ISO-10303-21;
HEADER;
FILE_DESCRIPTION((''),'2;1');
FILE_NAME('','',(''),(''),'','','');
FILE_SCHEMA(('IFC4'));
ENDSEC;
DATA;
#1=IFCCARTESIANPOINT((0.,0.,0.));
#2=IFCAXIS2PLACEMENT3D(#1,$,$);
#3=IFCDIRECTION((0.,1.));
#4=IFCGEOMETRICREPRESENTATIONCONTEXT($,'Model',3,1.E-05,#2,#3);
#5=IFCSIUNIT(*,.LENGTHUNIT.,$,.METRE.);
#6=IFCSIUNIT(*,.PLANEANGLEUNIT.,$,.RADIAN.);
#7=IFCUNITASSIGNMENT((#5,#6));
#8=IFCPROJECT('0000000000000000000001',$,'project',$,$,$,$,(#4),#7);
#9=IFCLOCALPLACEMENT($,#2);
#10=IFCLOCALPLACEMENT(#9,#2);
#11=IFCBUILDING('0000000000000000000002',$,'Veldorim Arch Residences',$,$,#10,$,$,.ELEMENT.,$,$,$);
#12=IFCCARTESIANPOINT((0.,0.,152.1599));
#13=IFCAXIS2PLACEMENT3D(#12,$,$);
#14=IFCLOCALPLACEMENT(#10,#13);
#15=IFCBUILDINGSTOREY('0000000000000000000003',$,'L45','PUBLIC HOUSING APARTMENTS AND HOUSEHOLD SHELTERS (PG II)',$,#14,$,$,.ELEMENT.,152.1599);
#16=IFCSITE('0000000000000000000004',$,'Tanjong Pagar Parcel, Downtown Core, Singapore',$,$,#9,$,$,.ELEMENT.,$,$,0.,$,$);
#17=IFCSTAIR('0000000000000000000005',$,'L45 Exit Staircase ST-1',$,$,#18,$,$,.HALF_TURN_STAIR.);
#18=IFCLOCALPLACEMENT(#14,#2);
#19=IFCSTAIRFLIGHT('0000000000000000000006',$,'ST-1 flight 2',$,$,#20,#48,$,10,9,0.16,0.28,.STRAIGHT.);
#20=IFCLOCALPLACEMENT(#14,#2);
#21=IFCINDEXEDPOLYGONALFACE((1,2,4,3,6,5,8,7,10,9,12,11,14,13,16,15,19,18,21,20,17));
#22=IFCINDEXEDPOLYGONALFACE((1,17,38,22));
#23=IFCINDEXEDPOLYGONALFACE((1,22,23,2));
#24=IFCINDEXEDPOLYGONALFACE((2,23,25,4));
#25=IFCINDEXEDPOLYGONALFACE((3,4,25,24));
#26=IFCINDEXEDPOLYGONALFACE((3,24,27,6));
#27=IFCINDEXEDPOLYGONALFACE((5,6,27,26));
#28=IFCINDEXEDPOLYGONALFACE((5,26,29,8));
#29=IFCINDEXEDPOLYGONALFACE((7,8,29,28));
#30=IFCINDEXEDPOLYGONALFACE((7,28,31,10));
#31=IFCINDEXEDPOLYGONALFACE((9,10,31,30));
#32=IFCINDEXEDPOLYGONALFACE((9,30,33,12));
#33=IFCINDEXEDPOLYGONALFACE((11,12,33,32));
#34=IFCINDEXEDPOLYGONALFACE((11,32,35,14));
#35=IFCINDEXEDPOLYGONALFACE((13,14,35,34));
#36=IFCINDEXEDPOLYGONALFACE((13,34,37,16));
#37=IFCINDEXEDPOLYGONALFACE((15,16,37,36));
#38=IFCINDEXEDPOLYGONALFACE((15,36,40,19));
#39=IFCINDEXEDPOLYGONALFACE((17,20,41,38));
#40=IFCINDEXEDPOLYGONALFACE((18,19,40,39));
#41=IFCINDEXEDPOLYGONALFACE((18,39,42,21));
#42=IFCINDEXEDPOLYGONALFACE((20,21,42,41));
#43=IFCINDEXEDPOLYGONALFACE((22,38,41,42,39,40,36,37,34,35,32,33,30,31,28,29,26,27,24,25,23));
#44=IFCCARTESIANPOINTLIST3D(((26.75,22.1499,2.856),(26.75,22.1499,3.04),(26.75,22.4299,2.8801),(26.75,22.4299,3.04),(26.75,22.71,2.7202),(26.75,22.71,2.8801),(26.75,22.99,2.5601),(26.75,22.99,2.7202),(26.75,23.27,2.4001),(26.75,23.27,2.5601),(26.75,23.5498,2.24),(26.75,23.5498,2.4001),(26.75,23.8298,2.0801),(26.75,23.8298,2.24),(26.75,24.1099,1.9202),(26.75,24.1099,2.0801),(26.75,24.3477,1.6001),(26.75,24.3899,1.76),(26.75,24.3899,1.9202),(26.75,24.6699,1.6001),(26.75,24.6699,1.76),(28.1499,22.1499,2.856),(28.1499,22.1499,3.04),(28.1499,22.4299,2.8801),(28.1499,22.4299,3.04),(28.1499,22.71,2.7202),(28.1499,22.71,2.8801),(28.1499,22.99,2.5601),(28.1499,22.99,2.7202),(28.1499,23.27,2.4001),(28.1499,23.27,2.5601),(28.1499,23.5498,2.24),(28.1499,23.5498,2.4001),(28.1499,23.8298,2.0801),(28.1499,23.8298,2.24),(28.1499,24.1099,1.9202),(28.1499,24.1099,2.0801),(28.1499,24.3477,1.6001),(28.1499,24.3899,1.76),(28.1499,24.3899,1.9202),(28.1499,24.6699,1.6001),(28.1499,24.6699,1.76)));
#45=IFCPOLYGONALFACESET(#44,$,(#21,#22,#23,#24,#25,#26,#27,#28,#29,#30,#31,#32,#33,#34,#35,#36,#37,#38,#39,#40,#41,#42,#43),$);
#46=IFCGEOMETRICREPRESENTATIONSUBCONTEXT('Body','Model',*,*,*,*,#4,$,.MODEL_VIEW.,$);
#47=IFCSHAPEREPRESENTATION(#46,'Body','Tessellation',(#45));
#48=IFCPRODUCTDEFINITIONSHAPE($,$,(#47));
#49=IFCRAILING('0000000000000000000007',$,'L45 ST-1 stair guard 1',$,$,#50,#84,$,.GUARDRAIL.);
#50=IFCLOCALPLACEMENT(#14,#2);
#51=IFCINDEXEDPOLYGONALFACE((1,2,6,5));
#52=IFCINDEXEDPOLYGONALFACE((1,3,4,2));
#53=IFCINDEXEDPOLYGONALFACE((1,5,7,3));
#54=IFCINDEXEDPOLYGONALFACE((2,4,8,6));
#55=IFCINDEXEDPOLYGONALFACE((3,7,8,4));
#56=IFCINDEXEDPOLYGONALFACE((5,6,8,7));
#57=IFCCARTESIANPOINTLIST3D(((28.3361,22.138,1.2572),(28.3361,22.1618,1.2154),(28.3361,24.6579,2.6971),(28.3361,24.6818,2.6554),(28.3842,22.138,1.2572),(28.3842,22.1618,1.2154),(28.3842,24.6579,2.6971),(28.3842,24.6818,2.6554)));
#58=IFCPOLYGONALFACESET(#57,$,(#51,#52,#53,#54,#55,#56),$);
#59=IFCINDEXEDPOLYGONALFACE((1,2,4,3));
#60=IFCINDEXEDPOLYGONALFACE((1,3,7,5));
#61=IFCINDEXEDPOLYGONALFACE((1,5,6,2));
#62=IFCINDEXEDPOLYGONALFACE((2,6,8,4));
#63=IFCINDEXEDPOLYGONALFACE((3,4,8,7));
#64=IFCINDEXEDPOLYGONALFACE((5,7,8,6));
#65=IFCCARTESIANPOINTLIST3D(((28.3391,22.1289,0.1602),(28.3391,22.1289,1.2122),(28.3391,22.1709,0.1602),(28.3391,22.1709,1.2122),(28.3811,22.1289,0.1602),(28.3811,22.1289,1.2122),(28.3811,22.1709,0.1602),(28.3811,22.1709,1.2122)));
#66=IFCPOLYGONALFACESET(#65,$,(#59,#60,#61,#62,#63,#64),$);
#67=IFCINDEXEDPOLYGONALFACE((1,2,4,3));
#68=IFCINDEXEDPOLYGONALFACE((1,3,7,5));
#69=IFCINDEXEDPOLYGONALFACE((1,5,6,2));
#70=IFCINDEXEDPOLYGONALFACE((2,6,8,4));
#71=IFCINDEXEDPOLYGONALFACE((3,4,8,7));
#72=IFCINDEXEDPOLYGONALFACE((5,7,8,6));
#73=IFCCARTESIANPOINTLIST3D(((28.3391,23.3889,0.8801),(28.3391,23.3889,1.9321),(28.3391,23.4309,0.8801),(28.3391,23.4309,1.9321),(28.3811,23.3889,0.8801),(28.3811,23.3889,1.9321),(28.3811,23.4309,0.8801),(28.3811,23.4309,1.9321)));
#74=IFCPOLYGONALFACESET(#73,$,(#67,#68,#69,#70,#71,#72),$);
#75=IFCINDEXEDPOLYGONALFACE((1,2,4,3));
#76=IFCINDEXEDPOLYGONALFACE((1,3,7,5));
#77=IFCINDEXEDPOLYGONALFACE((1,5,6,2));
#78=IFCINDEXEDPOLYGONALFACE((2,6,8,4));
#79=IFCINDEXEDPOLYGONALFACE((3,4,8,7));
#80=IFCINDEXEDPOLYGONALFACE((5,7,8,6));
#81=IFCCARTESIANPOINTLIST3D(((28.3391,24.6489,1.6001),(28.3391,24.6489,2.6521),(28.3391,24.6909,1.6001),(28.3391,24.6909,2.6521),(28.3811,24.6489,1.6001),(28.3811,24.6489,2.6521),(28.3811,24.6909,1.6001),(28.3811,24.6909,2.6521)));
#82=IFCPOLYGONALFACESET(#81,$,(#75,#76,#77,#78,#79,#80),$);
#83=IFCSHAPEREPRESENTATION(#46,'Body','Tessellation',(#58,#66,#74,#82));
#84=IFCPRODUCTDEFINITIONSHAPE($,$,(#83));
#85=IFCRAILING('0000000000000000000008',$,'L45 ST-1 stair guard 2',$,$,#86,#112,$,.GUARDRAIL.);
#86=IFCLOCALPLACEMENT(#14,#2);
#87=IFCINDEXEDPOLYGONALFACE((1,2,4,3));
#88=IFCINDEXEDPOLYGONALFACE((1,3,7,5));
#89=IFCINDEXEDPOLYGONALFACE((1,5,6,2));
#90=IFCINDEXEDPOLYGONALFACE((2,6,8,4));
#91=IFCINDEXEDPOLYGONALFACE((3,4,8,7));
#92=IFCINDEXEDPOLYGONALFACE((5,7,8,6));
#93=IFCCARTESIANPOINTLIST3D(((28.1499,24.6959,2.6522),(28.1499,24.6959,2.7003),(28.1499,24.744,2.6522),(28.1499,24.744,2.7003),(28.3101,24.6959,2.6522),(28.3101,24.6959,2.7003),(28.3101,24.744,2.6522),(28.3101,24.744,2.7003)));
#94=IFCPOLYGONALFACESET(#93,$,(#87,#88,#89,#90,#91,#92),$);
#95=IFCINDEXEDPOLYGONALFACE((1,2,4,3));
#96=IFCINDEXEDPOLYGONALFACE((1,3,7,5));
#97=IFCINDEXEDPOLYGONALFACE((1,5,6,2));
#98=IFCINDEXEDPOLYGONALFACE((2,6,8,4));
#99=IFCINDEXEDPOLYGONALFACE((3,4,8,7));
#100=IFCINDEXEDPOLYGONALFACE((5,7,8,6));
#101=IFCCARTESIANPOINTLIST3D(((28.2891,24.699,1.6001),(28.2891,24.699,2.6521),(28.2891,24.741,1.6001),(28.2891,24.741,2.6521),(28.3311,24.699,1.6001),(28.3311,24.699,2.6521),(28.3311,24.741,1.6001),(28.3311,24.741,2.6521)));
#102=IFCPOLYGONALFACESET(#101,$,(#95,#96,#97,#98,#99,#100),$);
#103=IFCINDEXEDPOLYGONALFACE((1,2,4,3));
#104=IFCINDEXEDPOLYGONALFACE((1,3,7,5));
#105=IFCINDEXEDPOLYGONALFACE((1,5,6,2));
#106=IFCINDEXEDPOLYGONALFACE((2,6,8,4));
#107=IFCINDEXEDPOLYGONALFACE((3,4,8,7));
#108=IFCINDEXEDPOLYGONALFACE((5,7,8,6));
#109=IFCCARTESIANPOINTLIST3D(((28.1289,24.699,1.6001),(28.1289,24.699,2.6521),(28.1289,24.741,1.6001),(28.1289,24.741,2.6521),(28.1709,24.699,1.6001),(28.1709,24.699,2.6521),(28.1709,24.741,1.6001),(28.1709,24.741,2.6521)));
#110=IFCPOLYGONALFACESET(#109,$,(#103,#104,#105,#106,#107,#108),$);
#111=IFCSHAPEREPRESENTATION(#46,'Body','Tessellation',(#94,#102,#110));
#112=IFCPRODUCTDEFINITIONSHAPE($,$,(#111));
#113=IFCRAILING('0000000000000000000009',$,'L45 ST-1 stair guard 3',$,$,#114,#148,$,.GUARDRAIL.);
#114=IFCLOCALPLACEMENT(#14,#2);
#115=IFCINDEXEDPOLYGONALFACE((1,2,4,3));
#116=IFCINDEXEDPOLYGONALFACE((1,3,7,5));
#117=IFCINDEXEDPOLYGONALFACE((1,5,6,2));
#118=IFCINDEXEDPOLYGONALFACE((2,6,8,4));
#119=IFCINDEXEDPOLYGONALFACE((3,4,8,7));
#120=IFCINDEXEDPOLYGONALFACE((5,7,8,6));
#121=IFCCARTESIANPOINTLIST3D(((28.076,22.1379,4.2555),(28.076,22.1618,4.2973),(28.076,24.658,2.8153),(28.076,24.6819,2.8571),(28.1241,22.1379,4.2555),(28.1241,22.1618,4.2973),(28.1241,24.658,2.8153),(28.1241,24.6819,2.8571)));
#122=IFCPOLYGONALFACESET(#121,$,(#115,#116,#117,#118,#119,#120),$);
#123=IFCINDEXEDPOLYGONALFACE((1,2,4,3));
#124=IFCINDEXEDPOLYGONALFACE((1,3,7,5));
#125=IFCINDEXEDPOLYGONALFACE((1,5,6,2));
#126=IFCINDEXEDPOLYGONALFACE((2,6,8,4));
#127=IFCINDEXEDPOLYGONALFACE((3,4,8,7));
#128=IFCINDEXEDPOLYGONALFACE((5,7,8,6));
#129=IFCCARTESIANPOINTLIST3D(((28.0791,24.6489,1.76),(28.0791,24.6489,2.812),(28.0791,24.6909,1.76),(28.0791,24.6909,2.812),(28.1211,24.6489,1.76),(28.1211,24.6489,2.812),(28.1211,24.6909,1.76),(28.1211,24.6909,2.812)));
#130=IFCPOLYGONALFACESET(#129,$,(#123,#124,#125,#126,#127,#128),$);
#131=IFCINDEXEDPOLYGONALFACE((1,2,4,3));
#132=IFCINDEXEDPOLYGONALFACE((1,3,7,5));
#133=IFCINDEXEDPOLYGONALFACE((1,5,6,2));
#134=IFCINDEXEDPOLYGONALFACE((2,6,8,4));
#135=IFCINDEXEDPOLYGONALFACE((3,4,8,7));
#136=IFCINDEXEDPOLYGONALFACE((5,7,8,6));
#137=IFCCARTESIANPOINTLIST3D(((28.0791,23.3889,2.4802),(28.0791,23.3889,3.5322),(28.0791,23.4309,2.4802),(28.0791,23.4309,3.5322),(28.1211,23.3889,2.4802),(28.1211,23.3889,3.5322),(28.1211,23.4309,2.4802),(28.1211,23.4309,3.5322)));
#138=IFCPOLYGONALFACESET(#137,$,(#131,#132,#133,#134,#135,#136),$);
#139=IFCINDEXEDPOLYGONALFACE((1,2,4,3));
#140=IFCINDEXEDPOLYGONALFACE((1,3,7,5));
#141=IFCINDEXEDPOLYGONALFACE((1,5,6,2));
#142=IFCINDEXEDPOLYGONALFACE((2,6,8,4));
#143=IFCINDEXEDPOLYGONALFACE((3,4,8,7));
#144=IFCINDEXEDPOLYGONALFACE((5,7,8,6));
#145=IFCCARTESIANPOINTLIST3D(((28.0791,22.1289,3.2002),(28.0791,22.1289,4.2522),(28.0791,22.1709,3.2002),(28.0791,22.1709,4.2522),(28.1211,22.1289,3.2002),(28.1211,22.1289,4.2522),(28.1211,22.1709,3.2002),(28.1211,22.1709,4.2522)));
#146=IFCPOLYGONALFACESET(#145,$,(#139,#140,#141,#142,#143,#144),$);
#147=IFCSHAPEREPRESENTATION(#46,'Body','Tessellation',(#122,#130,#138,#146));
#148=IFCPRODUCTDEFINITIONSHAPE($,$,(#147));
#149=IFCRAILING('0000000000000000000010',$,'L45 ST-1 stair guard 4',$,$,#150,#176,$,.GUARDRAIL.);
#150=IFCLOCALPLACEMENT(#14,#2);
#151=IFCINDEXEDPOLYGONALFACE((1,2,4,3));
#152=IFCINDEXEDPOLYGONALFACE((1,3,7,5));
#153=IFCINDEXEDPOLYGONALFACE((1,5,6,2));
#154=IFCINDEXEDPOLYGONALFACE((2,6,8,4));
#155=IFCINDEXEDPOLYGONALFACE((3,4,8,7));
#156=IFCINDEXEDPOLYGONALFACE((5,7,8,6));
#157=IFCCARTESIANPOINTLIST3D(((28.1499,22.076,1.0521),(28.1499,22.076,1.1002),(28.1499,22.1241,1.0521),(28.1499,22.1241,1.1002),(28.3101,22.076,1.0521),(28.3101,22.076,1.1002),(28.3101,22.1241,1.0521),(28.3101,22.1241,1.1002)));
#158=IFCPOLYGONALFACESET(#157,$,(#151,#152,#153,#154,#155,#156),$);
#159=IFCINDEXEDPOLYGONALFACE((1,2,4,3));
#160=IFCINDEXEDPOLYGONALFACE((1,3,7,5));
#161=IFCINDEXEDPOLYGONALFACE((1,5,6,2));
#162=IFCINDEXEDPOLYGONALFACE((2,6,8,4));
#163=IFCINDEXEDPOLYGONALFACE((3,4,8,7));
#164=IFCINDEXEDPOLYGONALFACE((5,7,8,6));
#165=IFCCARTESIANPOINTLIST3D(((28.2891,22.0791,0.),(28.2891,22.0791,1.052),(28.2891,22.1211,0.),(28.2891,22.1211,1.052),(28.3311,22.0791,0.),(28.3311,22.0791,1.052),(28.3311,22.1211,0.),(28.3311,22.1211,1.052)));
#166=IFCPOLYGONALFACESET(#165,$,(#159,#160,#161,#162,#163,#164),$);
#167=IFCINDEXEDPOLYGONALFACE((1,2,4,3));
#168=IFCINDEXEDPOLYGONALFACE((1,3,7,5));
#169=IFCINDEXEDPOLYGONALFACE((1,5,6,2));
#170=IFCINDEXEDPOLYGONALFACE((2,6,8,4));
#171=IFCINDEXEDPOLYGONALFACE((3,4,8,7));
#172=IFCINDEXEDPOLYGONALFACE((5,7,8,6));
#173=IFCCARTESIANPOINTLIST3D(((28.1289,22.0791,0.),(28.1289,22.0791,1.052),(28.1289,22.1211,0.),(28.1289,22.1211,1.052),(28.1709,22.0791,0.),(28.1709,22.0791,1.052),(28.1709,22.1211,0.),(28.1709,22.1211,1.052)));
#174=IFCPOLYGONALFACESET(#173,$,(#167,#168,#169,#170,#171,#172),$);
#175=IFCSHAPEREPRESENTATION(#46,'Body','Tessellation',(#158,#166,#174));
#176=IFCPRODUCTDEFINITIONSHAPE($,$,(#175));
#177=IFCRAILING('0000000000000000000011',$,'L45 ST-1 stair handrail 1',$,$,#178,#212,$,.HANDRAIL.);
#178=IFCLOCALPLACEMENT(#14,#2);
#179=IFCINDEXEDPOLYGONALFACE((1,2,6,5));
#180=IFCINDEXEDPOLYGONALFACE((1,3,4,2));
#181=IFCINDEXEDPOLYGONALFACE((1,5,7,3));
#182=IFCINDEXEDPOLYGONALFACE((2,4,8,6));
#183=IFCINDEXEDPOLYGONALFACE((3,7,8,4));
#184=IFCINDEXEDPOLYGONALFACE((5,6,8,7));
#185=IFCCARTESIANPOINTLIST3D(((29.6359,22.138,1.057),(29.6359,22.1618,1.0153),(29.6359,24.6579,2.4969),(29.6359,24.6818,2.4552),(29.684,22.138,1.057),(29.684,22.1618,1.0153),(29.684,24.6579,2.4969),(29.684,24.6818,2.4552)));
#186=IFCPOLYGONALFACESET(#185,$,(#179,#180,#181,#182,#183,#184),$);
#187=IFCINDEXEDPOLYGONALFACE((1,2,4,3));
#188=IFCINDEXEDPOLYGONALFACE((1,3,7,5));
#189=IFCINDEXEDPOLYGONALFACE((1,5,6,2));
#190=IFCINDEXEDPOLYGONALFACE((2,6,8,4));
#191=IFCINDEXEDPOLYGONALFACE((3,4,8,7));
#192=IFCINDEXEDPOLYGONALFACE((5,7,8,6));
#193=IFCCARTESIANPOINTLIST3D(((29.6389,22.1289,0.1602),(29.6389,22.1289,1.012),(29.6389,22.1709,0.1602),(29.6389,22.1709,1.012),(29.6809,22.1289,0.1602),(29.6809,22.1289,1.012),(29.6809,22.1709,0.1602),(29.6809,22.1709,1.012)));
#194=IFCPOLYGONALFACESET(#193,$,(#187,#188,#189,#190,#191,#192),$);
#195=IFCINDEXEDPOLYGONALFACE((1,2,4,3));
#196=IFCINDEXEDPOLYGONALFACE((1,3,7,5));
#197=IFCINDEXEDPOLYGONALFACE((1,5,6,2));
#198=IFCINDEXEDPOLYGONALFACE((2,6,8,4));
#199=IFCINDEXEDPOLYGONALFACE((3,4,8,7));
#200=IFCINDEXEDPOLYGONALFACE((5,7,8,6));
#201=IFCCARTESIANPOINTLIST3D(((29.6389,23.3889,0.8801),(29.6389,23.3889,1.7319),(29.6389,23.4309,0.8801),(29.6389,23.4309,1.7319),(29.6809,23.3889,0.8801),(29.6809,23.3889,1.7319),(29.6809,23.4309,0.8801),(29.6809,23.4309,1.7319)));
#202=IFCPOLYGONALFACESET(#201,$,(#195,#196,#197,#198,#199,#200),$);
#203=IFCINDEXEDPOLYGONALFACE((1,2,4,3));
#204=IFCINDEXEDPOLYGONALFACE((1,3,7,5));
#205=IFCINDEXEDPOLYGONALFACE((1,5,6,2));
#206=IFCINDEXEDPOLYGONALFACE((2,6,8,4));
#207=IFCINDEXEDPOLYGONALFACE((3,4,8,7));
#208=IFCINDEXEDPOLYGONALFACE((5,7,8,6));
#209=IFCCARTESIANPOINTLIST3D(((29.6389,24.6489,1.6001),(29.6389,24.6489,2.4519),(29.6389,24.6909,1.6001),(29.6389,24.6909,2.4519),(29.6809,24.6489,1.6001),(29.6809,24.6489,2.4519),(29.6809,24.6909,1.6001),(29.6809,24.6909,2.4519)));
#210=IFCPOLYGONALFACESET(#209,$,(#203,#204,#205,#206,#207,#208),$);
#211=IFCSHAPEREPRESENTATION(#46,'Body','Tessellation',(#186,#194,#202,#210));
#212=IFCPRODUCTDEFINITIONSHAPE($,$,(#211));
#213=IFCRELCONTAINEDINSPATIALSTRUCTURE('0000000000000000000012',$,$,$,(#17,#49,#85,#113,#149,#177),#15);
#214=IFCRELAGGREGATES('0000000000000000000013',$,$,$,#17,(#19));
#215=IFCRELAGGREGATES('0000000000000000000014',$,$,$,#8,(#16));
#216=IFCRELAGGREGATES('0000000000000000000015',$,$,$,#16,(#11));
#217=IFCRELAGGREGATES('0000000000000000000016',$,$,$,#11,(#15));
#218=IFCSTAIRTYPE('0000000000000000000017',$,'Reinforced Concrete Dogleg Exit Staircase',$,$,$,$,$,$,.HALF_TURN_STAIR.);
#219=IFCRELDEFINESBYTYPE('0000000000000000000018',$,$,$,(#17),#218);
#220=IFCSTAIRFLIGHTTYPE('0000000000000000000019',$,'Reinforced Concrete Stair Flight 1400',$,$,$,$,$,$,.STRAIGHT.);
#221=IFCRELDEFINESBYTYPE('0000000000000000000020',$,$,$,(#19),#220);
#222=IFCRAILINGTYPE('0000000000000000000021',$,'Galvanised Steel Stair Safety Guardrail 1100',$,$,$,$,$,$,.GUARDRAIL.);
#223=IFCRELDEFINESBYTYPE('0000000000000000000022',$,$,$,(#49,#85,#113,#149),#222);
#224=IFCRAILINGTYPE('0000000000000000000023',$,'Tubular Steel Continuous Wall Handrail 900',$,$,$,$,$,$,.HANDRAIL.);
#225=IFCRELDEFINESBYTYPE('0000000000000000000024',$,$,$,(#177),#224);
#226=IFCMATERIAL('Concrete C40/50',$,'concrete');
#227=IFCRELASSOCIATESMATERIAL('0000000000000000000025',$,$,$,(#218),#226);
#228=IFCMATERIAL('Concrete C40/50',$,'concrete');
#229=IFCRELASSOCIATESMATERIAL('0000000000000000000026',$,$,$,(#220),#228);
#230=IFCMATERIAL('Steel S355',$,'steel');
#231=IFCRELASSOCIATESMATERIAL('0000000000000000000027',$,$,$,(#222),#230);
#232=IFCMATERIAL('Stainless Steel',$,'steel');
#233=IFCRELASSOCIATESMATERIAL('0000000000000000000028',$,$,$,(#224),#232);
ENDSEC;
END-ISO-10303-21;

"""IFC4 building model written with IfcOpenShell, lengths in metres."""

from ifc_helpers import new_model, si_unit, direction, frame, origin, origin_2d, place, context, subcontext, project, spatial, polyline, rectangle, outline, extrude, material, type_object, element, aggregate, save


model = new_model("IFC4")

# Units and contexts
model_context = context("Model", 3, precision=1e-05, world=origin(), true_north=direction((0.0, 1.0)))
body_context = subcontext(model_context, "Body", "Model", "MODEL_VIEW")
ifc_project = project(units=[si_unit("LENGTHUNIT", "METRE"), si_unit("PLANEANGLEUNIT", "RADIAN")], contexts=[model_context])

# Site, building, storey
site_placement = place(None, origin())
site = spatial("IfcSite", under=ifc_project, at=site_placement, Name="Tanjong Pagar Parcel, Downtown Core, Singapore", CompositionType="ELEMENT", RefElevation=0.0)
building_placement = place(site_placement, origin())
building = spatial("IfcBuilding", under=site, at=building_placement, Name="Veldorim Arch Residences", CompositionType="ELEMENT")
storey_placement = place(building_placement, frame((0.0, 0.0, 152.1599)))
storey = spatial("IfcBuildingStorey", under=building, at=storey_placement, Name="L45", Description="PUBLIC HOUSING APARTMENTS AND HOUSEHOLD SHELTERS (PG II)", CompositionType="ELEMENT", Elevation=152.1599)

# Stair, stair flight
ifc_material_1 = material(Name="Concrete C40/50", Category="concrete")
stair_type = type_object("IfcStairType", Name="Reinforced Concrete Dogleg Exit Staircase", PredefinedType="HALF_TURN_STAIR", material=ifc_material_1)
stair_placement = place(storey_placement, origin())
stair = element("IfcStair", 1, at=stair_placement, inside=storey, type_object=stair_type, Name="L45 Exit Staircase ST-1", PredefinedType="HALF_TURN_STAIR")
ifc_material_2 = material(Name="Concrete C40/50", Category="concrete")
stair_flight_type = type_object("IfcStairFlightType", Name="Reinforced Concrete Stair Flight 1400", PredefinedType="STRAIGHT", material=ifc_material_2)
stair_flight_1_placement = place(storey_placement, frame((27.45, 24.6699, 1.6001), z_axis=(0.0, 0.0, 1.0), x_axis=(0.0, -1.0, 0.0)))
stair_flight_1 = element("IfcStairFlight", 2, at=stair_flight_1_placement, type_object=stair_flight_type, Name="ST-1 flight 2", NumberOfRisers=10, NumberOfTreads=9, PredefinedType="STRAIGHT", RiserHeight=0.16, TreadLength=0.28, context=body_context, shape_type="SweptSolid", body=[
    extrude(outline(polyline([(0.0, 0.0), (0.0, 0.1599), (0.28, 0.1599), (0.28, 0.3201), (0.5601, 0.3201), (0.5601, 0.48), (0.8401, 0.48), (0.8401, 0.6399), (1.1201, 0.6399), (1.1201, 0.8), (1.3999, 0.8), (1.3999, 0.96), (1.6799, 0.96), (1.6799, 1.1201), (1.96, 1.1201), (1.96, 1.28), (2.24, 1.28), (2.24, 1.4399), (2.52, 1.4399), (2.52, 1.6001), (2.52, 1.2559), (0.3223, 0.0), (0.0, 0.0)])), frame((0.0, 0.7, 0.0), z_axis=(0.0, -1.0, 0.0), x_axis=(1.0, 0.0, 0.0)), (0.0, 0.0, 1.0), 1.3999),
])
aggregate(stair, [stair_flight_1])

# Railings
ifc_material_3 = material(Name="Steel S355", Category="steel")
railing_type_1 = type_object("IfcRailingType", Name="Galvanised Steel Stair Safety Guardrail 1100", PredefinedType="GUARDRAIL", material=ifc_material_3)
railing_1_placement = place(storey_placement, frame((28.3601, 22.1499, 0.1602)))
element("IfcRailing", 3, at=railing_1_placement, inside=storey, type_object=railing_type_1, Name="L45 ST-1 stair guard 1", PredefinedType="GUARDRAIL", context=body_context, shape_type="SweptSolid", body=[
    extrude(rectangle(XDim=0.0481, YDim=0.0481, at=origin_2d()), frame((0.0, 0.0, 1.0762), z_axis=(0.0, 0.868253, 0.496121), x_axis=(-1.0, 0.0, 0.0)), (0.0, 0.0, 1.0), 2.9023),
    extrude(rectangle(XDim=0.042, YDim=0.042, at=origin_2d()), origin(), (0.0, 0.0, 1.0), 1.052),
    extrude(rectangle(XDim=0.042, YDim=0.042, at=origin_2d()), frame((0.0, 1.26, 0.72)), (0.0, 0.0, 1.0), 1.052),
    extrude(rectangle(XDim=0.042, YDim=0.042, at=origin_2d()), frame((0.0, 2.52, 1.4399)), (0.0, 0.0, 1.0), 1.052),
])
railing_2_placement = place(storey_placement, frame((28.3101, 24.72, 1.6001)))
element("IfcRailing", 4, at=railing_2_placement, inside=storey, type_object=railing_type_1, Name="L45 ST-1 stair guard 2", PredefinedType="GUARDRAIL", context=body_context, shape_type="SweptSolid", body=[
    extrude(rectangle(XDim=0.0481, YDim=0.0481, at=origin_2d()), frame((0.0, 0.0, 1.0762), z_axis=(-1.0, 0.0, 0.0), x_axis=(0.0, -1.0, 0.0)), (0.0, 0.0, 1.0), 0.1602),
    extrude(rectangle(XDim=0.042, YDim=0.042, at=origin_2d()), origin(), (0.0, 0.0, 1.0), 1.052),
    extrude(rectangle(XDim=0.042, YDim=0.042, at=origin_2d()), frame((-0.1602, 0.0, 0.0)), (0.0, 0.0, 1.0), 1.052),
])
railing_3_placement = place(storey_placement, frame((28.1001, 24.6699, 1.76)))
element("IfcRailing", 5, at=railing_3_placement, inside=storey, type_object=railing_type_1, Name="L45 ST-1 stair guard 3", PredefinedType="GUARDRAIL", context=body_context, shape_type="SweptSolid", body=[
    extrude(rectangle(XDim=0.0481, YDim=0.0481, at=origin_2d()), frame((0.0, 0.0, 1.0762), z_axis=(0.0, -0.868217, 0.496184), x_axis=(1.0, 0.0, 0.0)), (0.0, 0.0, 1.0), 2.9026),
    extrude(rectangle(XDim=0.042, YDim=0.042, at=origin_2d()), origin(), (0.0, 0.0, 1.0), 1.052),
    extrude(rectangle(XDim=0.042, YDim=0.042, at=origin_2d()), frame((0.0, -1.26, 0.7202)), (0.0, 0.0, 1.0), 1.052),
    extrude(rectangle(XDim=0.042, YDim=0.042, at=origin_2d()), frame((0.0, -2.52, 1.4402)), (0.0, 0.0, 1.0), 1.052),
])
railing_4_placement = place(storey_placement, frame((28.3101, 22.1001, 0.0)))
element("IfcRailing", 6, at=railing_4_placement, inside=storey, type_object=railing_type_1, Name="L45 ST-1 stair guard 4", PredefinedType="GUARDRAIL", context=body_context, shape_type="SweptSolid", body=[
    extrude(rectangle(XDim=0.0481, YDim=0.0481, at=origin_2d()), frame((0.0, 0.0, 1.0762), z_axis=(-1.0, 0.0, 0.0), x_axis=(0.0, -1.0, 0.0)), (0.0, 0.0, 1.0), 0.1602),
    extrude(rectangle(XDim=0.042, YDim=0.042, at=origin_2d()), origin(), (0.0, 0.0, 1.0), 1.052),
    extrude(rectangle(XDim=0.042, YDim=0.042, at=origin_2d()), frame((-0.1602, 0.0, 0.0)), (0.0, 0.0, 1.0), 1.052),
])
ifc_material_4 = material(Name="Stainless Steel", Category="steel")
railing_type_2 = type_object("IfcRailingType", Name="Tubular Steel Continuous Wall Handrail 900", PredefinedType="HANDRAIL", material=ifc_material_4)
railing_5_placement = place(storey_placement, frame((29.6599, 22.1499, 0.1602)))
element("IfcRailing", 7, at=railing_5_placement, inside=storey, type_object=railing_type_2, Name="L45 ST-1 stair handrail 1", PredefinedType="HANDRAIL", context=body_context, shape_type="SweptSolid", body=[
    extrude(rectangle(XDim=0.0481, YDim=0.0481, at=origin_2d()), frame((0.0, 0.0, 0.876), z_axis=(0.0, 0.868253, 0.496121), x_axis=(-1.0, 0.0, 0.0)), (0.0, 0.0, 1.0), 2.9023),
    extrude(rectangle(XDim=0.042, YDim=0.042, at=origin_2d()), origin(), (0.0, 0.0, 1.0), 0.8518),
    extrude(rectangle(XDim=0.042, YDim=0.042, at=origin_2d()), frame((0.0, 1.26, 0.72)), (0.0, 0.0, 1.0), 0.8518),
    extrude(rectangle(XDim=0.042, YDim=0.042, at=origin_2d()), frame((0.0, 2.52, 1.4399)), (0.0, 0.0, 1.0), 0.8518),
])

save(model, "model.ifc")
